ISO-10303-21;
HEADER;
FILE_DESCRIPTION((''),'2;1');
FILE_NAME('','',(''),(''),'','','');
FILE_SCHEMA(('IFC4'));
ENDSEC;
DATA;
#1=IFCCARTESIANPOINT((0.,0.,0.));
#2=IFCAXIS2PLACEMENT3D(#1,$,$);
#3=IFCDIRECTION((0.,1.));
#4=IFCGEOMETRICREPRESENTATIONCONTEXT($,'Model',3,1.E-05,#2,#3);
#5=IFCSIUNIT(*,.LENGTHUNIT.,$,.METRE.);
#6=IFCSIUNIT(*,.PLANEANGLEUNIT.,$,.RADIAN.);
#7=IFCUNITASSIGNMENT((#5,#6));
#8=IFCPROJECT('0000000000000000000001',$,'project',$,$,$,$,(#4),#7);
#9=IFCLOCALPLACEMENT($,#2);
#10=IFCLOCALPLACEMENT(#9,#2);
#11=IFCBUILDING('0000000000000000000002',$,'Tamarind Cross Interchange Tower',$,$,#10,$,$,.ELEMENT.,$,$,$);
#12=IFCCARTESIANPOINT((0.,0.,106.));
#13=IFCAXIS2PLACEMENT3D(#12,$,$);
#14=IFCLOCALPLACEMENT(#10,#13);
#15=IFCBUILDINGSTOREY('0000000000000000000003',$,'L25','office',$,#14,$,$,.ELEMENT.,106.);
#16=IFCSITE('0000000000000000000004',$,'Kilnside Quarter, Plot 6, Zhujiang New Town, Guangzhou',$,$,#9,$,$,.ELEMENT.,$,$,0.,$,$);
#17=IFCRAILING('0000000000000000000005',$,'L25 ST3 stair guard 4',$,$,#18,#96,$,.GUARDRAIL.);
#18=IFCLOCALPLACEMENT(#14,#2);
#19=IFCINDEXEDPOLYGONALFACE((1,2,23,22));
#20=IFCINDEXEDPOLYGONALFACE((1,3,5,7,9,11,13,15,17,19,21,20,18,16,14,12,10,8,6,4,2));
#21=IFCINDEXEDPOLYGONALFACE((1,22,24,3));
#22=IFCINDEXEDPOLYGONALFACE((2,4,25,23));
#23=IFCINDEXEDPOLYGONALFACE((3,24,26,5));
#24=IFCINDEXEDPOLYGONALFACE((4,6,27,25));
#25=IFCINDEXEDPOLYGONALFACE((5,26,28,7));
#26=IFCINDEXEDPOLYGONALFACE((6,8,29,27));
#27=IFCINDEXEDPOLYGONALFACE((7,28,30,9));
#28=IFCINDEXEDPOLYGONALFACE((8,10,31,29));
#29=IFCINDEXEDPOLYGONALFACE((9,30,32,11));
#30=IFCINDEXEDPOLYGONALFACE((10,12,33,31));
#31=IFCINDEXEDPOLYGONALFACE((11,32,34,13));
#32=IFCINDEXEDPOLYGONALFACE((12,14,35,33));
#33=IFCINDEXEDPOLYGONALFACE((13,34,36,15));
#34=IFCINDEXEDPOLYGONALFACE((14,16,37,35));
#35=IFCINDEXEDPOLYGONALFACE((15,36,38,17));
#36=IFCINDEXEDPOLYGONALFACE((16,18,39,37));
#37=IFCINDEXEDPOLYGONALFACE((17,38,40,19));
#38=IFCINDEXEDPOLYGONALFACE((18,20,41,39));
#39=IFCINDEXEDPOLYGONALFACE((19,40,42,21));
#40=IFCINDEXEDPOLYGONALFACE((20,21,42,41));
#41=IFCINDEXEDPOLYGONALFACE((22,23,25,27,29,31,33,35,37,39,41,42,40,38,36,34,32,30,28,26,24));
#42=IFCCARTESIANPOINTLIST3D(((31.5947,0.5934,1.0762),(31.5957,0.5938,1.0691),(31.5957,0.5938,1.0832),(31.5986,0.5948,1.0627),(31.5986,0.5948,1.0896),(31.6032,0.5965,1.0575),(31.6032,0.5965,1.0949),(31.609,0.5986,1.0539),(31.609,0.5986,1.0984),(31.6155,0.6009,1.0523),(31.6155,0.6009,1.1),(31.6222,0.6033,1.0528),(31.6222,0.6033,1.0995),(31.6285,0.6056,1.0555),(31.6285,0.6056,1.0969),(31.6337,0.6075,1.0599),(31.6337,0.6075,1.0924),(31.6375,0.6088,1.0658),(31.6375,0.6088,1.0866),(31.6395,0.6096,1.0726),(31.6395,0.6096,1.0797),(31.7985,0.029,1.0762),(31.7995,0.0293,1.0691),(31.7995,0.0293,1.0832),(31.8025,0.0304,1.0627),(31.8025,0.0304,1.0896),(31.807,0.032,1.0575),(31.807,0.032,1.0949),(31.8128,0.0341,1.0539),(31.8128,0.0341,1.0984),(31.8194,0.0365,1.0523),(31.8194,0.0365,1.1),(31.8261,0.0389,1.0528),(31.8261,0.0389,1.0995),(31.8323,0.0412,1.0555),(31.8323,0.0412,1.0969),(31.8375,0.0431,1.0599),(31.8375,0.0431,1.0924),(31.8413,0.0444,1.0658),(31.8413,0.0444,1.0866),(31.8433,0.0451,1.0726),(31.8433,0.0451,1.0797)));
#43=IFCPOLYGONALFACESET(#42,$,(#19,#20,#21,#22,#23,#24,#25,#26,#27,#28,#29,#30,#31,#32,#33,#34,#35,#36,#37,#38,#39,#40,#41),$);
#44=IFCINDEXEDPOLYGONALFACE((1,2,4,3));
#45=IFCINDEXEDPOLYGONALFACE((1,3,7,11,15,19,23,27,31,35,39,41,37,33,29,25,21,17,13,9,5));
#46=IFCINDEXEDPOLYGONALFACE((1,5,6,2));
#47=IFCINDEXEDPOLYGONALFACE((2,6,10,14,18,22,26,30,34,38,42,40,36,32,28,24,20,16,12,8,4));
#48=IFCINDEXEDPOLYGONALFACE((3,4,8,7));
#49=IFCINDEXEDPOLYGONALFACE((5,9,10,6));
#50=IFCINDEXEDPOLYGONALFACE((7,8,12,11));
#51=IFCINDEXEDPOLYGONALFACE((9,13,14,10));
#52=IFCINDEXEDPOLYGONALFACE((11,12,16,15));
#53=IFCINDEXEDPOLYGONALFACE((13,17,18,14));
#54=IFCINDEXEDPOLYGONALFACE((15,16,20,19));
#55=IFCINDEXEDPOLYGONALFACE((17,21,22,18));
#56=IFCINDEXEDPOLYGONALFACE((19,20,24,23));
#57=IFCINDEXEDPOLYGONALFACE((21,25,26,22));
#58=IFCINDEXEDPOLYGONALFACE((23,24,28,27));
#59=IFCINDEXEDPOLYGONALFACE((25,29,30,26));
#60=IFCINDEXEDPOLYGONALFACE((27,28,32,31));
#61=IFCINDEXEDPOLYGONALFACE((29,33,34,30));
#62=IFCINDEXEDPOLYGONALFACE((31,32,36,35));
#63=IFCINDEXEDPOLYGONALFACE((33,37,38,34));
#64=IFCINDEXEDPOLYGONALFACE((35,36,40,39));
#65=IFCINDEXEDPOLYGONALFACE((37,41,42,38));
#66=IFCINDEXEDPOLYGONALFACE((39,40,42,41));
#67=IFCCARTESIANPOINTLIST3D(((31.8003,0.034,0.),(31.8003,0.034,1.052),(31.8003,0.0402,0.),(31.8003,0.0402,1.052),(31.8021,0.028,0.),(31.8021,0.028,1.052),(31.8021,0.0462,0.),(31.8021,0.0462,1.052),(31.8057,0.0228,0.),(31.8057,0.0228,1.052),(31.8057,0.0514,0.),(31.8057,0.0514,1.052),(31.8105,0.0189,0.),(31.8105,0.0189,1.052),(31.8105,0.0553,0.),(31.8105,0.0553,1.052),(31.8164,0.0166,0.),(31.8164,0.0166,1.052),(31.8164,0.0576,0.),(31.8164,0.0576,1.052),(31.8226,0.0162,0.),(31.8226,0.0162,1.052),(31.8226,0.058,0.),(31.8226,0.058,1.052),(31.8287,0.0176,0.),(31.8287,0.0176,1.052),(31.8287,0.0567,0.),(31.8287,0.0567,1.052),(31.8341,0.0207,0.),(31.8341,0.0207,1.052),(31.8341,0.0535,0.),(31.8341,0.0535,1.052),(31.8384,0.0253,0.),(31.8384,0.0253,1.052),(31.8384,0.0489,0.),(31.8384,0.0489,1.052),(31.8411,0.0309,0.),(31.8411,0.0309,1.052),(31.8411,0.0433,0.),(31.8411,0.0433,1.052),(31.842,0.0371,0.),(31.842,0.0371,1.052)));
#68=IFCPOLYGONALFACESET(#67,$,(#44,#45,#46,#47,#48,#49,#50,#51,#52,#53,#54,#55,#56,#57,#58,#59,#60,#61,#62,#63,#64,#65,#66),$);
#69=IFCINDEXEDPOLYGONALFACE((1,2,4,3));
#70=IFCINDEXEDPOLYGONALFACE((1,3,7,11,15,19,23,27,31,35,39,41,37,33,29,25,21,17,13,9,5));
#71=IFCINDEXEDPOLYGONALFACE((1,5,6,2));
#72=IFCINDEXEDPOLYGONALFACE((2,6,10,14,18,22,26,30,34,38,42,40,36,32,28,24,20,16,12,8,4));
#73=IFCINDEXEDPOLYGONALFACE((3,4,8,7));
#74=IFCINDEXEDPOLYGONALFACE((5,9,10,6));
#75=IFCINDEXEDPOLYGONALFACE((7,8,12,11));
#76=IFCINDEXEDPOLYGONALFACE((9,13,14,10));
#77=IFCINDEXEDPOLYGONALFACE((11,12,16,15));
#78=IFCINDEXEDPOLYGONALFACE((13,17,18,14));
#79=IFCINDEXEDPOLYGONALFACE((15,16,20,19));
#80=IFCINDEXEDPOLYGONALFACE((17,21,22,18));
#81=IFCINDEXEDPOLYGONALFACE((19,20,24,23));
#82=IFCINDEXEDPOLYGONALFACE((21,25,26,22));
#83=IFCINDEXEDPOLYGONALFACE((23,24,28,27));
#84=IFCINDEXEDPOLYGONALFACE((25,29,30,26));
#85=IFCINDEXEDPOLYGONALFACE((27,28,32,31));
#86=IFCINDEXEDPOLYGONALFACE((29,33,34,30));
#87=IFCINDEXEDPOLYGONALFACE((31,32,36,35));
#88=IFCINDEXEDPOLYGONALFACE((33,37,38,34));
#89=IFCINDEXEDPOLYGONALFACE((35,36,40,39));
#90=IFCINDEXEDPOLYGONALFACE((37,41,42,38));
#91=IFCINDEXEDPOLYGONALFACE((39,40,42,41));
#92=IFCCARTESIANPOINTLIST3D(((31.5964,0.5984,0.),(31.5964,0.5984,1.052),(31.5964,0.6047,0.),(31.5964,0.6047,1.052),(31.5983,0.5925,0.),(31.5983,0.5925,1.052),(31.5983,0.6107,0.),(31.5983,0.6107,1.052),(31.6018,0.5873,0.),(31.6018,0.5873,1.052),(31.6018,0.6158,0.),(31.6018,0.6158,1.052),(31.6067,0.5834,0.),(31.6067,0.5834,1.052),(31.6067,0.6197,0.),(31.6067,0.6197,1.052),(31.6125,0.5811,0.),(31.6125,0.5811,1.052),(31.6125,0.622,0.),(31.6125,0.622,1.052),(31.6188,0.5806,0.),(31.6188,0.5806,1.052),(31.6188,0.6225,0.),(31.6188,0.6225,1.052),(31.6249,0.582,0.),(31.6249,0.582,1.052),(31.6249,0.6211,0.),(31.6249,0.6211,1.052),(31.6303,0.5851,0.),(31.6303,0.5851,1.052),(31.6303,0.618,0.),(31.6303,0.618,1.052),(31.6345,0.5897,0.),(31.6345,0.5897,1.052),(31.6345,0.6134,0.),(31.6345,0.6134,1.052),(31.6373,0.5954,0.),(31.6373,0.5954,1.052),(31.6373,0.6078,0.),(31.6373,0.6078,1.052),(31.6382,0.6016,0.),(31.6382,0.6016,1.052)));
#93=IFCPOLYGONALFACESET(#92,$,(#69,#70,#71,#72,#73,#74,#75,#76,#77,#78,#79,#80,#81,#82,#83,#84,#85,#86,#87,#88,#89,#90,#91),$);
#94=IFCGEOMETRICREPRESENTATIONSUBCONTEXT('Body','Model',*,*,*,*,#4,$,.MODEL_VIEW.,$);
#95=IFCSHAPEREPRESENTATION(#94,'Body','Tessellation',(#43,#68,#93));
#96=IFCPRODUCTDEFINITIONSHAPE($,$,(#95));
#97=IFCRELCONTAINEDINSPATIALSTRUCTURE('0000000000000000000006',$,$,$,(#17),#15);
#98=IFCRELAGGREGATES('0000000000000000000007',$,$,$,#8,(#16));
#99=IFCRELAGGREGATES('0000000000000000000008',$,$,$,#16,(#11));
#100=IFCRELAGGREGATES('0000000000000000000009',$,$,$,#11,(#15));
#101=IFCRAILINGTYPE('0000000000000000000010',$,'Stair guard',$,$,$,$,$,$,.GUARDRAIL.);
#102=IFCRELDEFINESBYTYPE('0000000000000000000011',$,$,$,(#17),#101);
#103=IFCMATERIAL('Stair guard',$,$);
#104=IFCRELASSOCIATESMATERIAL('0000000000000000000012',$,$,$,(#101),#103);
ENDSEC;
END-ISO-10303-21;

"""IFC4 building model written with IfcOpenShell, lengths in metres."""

from ifc_helpers import new_model, si_unit, direction, frame, origin, origin_2d, place, context, subcontext, project, spatial, circle, extrude, material, type_object, element, save


model = new_model("IFC4")

# Units and contexts
model_context = context("Model", 3, precision=1e-05, world=origin(), true_north=direction((0.0, 1.0)))
body_context = subcontext(model_context, "Body", "Model", "MODEL_VIEW")
ifc_project = project(units=[si_unit("LENGTHUNIT", "METRE"), si_unit("PLANEANGLEUNIT", "RADIAN")], contexts=[model_context])

# Site, building, storey
site_placement = place(None, origin())
site = spatial("IfcSite", under=ifc_project, at=site_placement, Name="Kilnside Quarter, Plot 6, Zhujiang New Town, Guangzhou", CompositionType="ELEMENT", RefElevation=0.0)
building_placement = place(site_placement, origin())
building = spatial("IfcBuilding", under=site, at=building_placement, Name="Tamarind Cross Interchange Tower", CompositionType="ELEMENT")
storey_placement = place(building_placement, frame((0.0, 0.0, 106.0)))
storey = spatial("IfcBuildingStorey", under=building, at=storey_placement, Name="L25", Description="office", CompositionType="ELEMENT", Elevation=106.0)

# Railing
ifc_material_1 = material(Name="Stair guard")
railing_type_1 = type_object("IfcRailingType", Name="Stair guard", PredefinedType="GUARDRAIL", material=ifc_material_1)
railing_1_placement = place(storey_placement, frame((31.821, 0.0371, 0.0)))
element("IfcRailing", 1, at=railing_1_placement, inside=storey, type_object=railing_type_1, Name="L25 ST3 stair guard 4", PredefinedType="GUARDRAIL", context=body_context, shape_type="SweptSolid", body=[
    extrude(circle(Radius=0.0239, at=origin_2d()), frame((0.0, 0.0, 1.0762), z_axis=(-0.339684, 0.940539, 0.0), x_axis=(-0.940539, -0.339684, 0.0)), (0.0, 0.0, 1.0), 0.6001),
    extrude(circle(Radius=0.021, at=origin_2d()), origin(), (0.0, 0.0, 1.0), 1.052),
    extrude(circle(Radius=0.021, at=origin_2d()), frame((-0.2039, 0.5645, 0.0)), (0.0, 0.0, 1.0), 1.052),
])

save(model, "model.ifc")
